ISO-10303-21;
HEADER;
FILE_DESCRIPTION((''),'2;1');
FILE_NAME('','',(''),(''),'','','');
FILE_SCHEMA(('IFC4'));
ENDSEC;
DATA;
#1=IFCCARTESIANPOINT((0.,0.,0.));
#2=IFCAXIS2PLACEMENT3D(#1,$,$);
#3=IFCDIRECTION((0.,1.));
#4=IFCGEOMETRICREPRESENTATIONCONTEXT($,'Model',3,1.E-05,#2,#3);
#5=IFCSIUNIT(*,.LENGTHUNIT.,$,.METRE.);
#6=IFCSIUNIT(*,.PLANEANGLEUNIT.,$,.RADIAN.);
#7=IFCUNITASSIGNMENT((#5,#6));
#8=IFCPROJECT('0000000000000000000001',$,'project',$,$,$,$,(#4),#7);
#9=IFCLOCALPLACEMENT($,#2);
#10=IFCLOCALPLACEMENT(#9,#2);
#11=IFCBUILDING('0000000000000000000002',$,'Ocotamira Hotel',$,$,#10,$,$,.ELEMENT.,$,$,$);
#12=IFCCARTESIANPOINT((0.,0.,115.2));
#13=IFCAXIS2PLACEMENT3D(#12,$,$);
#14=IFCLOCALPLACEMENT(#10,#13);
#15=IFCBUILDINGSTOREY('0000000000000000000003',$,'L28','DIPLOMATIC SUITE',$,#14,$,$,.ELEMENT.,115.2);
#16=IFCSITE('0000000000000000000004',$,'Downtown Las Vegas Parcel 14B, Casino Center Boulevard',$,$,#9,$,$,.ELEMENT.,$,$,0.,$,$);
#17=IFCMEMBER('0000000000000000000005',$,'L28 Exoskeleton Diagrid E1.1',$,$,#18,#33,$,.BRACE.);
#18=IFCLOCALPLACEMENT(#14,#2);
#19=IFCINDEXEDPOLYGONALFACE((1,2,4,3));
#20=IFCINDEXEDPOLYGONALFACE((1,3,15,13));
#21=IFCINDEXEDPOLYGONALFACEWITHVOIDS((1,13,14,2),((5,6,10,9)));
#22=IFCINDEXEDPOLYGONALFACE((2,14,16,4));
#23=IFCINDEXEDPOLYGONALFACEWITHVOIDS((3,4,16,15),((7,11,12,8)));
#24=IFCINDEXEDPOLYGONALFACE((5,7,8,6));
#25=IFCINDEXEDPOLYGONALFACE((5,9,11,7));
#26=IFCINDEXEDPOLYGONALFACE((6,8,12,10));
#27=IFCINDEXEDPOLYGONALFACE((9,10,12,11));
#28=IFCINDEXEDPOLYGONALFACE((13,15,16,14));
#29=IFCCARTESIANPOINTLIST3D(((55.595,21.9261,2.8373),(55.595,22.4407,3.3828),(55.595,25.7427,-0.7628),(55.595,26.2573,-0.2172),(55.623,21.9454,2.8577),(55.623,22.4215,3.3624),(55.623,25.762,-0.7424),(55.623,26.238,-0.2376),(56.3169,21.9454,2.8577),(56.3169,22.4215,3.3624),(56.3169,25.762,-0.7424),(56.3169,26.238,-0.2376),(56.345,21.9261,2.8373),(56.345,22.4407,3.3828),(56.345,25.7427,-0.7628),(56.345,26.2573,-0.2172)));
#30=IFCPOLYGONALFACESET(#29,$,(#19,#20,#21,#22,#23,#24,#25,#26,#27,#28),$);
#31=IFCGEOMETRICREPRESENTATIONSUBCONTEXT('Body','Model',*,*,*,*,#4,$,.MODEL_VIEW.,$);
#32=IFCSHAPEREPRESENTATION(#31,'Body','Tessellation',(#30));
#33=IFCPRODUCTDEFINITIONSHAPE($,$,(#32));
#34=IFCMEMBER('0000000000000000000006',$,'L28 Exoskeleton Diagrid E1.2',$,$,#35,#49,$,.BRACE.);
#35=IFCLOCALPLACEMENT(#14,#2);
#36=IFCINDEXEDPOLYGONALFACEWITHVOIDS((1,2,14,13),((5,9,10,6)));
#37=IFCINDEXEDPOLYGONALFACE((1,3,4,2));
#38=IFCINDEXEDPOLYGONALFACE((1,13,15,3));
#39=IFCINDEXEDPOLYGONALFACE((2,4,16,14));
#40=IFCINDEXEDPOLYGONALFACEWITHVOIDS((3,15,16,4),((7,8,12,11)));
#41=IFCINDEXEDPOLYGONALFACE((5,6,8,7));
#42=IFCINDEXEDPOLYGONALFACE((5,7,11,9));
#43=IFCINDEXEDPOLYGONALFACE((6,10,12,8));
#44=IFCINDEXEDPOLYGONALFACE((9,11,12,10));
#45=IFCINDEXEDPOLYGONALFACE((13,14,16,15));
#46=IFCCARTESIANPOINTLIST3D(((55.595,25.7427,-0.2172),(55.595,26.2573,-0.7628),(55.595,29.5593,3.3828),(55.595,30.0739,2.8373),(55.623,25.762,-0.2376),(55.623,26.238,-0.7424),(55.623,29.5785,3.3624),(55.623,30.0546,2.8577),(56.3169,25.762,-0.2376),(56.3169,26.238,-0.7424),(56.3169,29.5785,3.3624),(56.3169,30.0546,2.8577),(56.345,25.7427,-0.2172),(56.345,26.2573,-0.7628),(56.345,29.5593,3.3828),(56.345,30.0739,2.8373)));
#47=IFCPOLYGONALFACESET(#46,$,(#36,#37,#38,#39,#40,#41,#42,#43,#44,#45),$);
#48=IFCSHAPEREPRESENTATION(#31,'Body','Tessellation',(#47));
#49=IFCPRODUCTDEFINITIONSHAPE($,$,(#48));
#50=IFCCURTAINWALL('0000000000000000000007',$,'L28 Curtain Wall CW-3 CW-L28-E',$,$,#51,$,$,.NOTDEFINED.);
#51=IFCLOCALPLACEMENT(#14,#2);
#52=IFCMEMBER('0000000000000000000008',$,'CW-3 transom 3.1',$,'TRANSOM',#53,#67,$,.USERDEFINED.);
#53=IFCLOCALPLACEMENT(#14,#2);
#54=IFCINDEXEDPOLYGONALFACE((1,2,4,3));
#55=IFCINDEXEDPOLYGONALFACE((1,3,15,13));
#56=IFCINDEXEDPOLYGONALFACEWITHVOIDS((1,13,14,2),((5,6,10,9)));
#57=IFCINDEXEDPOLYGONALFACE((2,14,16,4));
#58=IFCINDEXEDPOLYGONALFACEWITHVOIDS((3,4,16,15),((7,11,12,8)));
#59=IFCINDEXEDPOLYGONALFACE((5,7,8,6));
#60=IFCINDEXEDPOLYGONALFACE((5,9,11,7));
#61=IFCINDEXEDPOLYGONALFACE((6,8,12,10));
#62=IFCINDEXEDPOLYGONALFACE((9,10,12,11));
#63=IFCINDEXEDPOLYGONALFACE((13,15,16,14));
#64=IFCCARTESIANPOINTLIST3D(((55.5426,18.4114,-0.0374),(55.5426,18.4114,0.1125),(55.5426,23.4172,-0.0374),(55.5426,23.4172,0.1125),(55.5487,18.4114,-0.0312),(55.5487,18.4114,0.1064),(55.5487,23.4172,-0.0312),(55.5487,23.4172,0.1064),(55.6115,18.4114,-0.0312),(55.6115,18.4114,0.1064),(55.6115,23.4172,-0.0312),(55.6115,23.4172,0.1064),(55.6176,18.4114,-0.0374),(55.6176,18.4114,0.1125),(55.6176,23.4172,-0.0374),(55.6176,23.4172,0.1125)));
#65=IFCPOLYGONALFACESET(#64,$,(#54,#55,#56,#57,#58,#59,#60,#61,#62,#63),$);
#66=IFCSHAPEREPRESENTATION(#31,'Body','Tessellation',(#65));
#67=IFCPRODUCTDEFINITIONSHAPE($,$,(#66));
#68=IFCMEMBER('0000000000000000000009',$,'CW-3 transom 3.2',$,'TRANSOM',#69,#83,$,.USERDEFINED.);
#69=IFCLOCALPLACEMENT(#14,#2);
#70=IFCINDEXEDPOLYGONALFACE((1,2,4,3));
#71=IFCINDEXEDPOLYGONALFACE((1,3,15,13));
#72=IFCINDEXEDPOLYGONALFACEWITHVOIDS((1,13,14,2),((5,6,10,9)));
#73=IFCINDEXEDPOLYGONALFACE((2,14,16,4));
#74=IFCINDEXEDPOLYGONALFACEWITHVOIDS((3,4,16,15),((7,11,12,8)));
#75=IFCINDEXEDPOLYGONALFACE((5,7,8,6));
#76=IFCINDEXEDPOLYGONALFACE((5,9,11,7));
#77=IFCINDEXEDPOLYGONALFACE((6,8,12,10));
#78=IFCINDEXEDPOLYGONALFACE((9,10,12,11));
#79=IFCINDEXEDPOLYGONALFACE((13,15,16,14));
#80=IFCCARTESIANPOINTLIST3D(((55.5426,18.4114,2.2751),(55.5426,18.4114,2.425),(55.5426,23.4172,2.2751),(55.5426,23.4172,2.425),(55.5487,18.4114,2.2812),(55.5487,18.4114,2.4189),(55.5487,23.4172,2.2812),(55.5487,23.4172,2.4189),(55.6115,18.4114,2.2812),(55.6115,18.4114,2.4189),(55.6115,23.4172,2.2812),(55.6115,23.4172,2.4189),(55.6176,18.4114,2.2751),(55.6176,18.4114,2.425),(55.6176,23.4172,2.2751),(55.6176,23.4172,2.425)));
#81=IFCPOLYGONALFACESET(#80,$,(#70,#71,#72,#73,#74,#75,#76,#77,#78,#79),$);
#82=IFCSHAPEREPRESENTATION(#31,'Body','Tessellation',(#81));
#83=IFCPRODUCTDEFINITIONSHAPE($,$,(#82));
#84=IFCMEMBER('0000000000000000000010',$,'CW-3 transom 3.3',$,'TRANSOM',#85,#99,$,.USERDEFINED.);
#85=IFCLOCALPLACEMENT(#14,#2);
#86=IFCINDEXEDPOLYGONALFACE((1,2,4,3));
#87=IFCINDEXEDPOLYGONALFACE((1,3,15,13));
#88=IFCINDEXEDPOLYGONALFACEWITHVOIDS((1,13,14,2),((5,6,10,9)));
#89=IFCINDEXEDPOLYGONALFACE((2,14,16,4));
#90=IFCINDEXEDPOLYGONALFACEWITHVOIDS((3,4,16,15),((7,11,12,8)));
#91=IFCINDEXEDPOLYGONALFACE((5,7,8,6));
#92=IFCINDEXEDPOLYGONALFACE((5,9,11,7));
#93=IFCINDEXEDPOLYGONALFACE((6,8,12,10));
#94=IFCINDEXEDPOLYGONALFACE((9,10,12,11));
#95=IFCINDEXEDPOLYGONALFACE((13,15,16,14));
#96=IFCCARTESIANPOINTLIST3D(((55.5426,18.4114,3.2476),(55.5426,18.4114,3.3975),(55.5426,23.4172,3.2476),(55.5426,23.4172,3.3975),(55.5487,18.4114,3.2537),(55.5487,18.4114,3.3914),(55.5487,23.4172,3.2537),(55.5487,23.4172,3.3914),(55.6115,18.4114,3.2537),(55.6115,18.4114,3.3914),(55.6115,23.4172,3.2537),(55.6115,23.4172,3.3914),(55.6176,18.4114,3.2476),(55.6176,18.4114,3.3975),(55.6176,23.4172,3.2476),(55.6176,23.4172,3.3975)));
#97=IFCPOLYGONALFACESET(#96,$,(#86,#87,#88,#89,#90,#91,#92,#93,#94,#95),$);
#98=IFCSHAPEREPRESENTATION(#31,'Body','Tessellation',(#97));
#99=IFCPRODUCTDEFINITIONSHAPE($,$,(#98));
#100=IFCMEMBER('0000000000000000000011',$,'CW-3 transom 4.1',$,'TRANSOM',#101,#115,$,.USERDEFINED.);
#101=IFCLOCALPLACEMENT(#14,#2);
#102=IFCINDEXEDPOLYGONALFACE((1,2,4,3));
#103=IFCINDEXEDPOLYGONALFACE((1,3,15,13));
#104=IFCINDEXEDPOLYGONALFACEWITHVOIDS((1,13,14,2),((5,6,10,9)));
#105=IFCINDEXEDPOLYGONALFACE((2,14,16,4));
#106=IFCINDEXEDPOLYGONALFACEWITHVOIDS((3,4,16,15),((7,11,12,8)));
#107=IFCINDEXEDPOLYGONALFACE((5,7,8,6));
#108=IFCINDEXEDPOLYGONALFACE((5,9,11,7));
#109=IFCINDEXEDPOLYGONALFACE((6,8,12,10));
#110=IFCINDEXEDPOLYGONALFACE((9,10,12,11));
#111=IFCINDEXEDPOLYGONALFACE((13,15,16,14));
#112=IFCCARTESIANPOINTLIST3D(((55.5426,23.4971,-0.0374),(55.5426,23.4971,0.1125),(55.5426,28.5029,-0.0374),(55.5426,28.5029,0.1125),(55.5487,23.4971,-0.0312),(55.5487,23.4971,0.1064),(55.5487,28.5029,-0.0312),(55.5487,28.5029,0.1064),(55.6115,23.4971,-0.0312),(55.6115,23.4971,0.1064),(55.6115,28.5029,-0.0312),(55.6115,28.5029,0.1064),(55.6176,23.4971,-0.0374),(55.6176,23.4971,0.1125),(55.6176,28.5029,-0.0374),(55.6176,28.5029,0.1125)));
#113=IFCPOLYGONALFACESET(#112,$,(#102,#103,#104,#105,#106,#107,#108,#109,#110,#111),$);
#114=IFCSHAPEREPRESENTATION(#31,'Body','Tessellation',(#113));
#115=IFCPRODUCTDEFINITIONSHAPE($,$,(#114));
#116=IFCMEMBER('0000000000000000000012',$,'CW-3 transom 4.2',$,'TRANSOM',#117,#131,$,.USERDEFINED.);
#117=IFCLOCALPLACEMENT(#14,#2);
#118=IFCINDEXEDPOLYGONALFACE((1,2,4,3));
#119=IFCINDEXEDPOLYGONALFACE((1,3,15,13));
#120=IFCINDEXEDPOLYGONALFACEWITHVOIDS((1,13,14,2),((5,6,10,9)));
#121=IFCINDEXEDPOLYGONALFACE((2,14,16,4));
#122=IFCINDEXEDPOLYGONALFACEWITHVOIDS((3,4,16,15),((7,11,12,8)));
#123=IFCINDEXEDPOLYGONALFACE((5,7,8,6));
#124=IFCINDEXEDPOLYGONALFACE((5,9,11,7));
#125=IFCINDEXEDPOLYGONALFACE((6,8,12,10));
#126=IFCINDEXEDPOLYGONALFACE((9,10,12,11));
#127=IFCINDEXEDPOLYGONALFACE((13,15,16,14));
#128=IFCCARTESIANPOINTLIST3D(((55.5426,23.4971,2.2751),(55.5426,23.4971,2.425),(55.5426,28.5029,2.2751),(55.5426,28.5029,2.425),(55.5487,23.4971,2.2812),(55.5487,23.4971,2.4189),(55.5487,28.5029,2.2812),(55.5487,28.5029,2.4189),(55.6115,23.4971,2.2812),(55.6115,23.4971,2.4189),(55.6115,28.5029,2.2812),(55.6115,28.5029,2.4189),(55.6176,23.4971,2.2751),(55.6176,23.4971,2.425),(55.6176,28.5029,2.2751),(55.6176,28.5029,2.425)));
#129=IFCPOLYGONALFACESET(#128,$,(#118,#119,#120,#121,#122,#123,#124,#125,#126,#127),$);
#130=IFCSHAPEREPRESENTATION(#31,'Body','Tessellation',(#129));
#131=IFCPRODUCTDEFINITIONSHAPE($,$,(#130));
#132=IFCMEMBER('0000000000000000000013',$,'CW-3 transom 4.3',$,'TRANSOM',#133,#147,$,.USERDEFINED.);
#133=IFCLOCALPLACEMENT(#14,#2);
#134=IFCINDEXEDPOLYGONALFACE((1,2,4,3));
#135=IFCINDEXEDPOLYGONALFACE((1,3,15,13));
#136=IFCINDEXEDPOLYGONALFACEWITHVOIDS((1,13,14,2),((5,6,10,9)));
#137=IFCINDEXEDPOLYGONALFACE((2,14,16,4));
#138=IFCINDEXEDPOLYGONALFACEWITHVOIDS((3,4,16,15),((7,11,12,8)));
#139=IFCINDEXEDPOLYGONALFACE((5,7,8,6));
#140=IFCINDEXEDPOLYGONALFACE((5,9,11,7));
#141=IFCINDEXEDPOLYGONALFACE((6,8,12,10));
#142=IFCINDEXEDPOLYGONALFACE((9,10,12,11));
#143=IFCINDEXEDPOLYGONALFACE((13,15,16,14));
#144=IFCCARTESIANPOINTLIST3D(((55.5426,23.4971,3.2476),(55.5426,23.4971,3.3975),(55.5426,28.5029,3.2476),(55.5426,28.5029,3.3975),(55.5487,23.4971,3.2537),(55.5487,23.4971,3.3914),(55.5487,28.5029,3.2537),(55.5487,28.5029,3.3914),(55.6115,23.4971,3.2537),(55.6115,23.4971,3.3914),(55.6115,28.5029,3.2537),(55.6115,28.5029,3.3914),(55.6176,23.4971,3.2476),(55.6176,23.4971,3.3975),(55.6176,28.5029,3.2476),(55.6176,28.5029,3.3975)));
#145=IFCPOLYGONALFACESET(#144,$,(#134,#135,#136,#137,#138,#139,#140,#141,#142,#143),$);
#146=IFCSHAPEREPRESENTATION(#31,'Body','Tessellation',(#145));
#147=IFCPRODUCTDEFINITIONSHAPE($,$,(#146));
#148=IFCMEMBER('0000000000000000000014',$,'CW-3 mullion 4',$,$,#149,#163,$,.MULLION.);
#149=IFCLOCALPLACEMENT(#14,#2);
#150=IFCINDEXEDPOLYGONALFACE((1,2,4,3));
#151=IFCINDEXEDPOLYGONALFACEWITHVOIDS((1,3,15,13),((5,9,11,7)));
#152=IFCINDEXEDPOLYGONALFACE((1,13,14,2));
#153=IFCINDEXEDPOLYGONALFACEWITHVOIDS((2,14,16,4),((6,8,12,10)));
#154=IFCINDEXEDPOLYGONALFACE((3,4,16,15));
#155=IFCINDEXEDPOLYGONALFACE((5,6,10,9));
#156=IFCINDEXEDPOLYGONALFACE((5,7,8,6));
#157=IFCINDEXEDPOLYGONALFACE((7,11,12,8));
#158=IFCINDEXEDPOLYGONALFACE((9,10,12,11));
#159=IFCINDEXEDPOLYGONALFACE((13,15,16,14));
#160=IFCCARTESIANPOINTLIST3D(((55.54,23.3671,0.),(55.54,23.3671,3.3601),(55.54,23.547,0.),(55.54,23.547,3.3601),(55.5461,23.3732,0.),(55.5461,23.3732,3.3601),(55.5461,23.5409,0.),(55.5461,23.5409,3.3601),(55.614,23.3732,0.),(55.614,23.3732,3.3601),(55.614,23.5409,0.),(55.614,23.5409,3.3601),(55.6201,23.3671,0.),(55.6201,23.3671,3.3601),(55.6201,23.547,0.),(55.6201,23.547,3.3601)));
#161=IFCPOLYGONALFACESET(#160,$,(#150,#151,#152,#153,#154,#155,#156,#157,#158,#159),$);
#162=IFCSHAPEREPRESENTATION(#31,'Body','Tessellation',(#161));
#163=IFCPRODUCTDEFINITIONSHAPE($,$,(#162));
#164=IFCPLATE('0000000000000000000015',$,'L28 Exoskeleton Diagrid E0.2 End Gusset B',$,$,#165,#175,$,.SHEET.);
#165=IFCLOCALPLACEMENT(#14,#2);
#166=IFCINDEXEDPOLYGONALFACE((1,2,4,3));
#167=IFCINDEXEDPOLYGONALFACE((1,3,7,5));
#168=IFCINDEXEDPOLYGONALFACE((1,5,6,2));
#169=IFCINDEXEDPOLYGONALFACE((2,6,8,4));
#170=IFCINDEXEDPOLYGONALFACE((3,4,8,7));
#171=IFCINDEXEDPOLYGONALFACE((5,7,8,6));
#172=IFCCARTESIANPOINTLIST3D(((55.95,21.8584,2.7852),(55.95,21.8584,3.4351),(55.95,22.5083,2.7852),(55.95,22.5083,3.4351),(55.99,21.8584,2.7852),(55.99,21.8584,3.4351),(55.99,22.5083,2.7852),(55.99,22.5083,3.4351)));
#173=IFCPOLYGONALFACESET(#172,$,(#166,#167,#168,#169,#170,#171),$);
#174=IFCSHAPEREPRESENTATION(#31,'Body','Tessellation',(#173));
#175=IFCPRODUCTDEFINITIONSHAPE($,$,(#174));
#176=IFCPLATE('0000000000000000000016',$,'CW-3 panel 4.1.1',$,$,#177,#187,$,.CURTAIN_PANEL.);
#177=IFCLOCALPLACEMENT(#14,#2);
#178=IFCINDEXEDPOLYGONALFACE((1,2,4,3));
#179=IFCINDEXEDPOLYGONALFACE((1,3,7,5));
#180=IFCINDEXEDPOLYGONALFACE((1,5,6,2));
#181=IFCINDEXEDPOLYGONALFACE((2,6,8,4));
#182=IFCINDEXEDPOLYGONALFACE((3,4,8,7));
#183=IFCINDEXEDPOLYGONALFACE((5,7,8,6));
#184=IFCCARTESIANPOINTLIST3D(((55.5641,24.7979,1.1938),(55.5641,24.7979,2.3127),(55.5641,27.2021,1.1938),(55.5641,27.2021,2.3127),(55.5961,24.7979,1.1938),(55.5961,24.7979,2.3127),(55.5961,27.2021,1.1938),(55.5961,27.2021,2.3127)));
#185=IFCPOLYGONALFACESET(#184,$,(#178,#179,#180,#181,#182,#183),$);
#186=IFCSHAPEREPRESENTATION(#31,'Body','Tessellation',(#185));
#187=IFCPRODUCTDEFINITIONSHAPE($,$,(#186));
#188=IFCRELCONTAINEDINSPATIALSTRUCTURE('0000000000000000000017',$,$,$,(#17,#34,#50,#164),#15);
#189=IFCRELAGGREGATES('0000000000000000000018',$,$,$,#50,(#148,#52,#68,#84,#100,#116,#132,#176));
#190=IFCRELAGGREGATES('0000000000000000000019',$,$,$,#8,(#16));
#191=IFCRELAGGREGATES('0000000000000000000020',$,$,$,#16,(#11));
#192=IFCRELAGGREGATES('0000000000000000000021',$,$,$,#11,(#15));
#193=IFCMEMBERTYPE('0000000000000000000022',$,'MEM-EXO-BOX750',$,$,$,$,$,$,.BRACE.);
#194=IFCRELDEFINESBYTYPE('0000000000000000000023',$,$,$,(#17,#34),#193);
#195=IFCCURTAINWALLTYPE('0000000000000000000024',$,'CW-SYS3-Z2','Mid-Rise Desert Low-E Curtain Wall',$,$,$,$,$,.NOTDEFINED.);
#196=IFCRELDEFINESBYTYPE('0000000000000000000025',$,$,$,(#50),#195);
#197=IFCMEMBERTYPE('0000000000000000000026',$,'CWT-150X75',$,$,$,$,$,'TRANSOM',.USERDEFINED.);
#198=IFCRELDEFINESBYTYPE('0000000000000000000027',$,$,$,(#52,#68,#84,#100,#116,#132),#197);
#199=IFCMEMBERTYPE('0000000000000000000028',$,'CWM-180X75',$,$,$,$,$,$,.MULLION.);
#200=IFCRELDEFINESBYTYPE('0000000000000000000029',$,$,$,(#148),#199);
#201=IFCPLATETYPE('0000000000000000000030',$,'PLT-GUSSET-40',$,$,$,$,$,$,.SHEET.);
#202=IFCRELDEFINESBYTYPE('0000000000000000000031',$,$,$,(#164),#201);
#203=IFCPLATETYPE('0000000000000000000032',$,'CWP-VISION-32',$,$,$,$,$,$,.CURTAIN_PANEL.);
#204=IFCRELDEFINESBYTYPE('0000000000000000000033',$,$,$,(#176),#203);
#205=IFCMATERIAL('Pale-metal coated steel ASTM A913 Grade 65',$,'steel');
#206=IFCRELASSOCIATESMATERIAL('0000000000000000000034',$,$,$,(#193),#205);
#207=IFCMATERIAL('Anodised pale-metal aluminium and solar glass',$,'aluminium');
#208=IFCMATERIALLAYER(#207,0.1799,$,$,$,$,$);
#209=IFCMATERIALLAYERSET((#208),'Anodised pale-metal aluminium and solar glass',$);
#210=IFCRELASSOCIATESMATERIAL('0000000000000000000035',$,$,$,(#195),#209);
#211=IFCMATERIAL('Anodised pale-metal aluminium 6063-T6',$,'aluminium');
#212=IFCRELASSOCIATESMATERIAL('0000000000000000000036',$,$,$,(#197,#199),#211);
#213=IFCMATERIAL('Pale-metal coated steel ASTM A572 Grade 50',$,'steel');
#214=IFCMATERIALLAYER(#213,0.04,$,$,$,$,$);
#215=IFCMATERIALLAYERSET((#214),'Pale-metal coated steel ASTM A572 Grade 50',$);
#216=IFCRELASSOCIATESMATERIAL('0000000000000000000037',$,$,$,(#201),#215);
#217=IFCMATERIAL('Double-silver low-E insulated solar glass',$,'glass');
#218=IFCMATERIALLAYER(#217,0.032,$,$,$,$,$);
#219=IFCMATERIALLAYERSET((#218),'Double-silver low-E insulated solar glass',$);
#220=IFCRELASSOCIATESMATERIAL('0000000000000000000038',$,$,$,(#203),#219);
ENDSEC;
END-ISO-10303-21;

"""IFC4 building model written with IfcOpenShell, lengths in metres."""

from ifc_helpers import new_model, si_unit, direction, frame, origin, origin_2d, place, context, subcontext, project, spatial, rectangle, hollow_rectangle, extrude, source, transform, mapped, material, layer, layer_set, material_profile, profile_set, type_object, element, aggregate, save


model = new_model("IFC4")

# Units and contexts
model_context = context("Model", 3, precision=1e-05, world=origin(), true_north=direction((0.0, 1.0)))
body_context = subcontext(model_context, "Body", "Model", "MODEL_VIEW")
ifc_project = project(units=[si_unit("LENGTHUNIT", "METRE"), si_unit("PLANEANGLEUNIT", "RADIAN")], contexts=[model_context])

# Site, building, storey
site_placement = place(None, origin())
site = spatial("IfcSite", under=ifc_project, at=site_placement, Name="Downtown Las Vegas Parcel 14B, Casino Center Boulevard", CompositionType="ELEMENT", RefElevation=0.0)
building_placement = place(site_placement, origin())
building = spatial("IfcBuilding", under=site, at=building_placement, Name="Ocotamira Hotel", CompositionType="ELEMENT")
storey_placement = place(building_placement, frame((0.0, 0.0, 115.2)))
storey = spatial("IfcBuildingStorey", under=building, at=storey_placement, Name="L28", Description="DIPLOMATIC SUITE", CompositionType="ELEMENT", Elevation=115.2)

# Members
ifc_material_1 = material(Name="Pale-metal coated steel ASTM A913 Grade 65", Category="steel")
ifc_material_profile_1 = material_profile(ifc_material_1, hollow_rectangle(XDim=0.75, YDim=0.75, WallThickness=0.0281, at=origin_2d()), Name="BOX750X750X28")
ifc_profile_set_1 = profile_set([ifc_material_profile_1], Name="Pale-metal coated steel ASTM A913 Grade 65")
member_type_1 = type_object("IfcMemberType", Name="MEM-EXO-BOX750", PredefinedType="BRACE", material=ifc_profile_set_1)
shared_shape_1 = source(origin(), body_context, "Body", "SweptSolid", [
    extrude(hollow_rectangle(XDim=0.75, YDim=0.75, WallThickness=0.0281, at=origin_2d()), origin(), (0.0, 0.0, 1.0), 5.2466),
])
for number, where, z_axis, x_axis, name in (
    (1, (55.97, 26.0, -0.49), (0.0, -0.727443, 0.686168), (1.0, 0.0, 0.0), "L28 Exoskeleton Diagrid E1.1"),
    (2, (55.97, 26.0, -0.49), (0.0, 0.727443, 0.686168), (-1.0, 0.0, 0.0), "L28 Exoskeleton Diagrid E1.2"),
):
    element("IfcMember", number, at=place(storey_placement, frame(where, z_axis=z_axis, x_axis=x_axis)), inside=storey, type_object=member_type_1, Name=name, PredefinedType="BRACE", context=body_context, shape_type="MappedRepresentation", body=[
        mapped(shared_shape_1, transform((0.0, 0.0, 0.0), scale=1.0)),
    ])

# Curtain wall, members
ifc_material_2 = material(Name="Anodised pale-metal aluminium and solar glass", Category="aluminium")
ifc_layer_1 = layer(ifc_material_2, 0.1799)
ifc_layer_set_1 = layer_set([ifc_layer_1], Name="Anodised pale-metal aluminium and solar glass")
curtain_wall_type = type_object("IfcCurtainWallType", Name="CW-SYS3-Z2", Description="Mid-Rise Desert Low-E Curtain Wall", PredefinedType="NOTDEFINED", material=ifc_layer_set_1)
curtain_wall_placement = place(storey_placement, origin())
curtain_wall = element("IfcCurtainWall", 3, at=curtain_wall_placement, inside=storey, type_object=curtain_wall_type, Name="L28 Curtain Wall CW-3 CW-L28-E", PredefinedType="NOTDEFINED")
ifc_material_3 = material(Name="Anodised pale-metal aluminium 6063-T6", Category="aluminium")
ifc_material_profile_2 = material_profile(ifc_material_3, hollow_rectangle(XDim=0.075, YDim=0.1499, WallThickness=0.0061, at=origin_2d()), Name="HSS150X75X6")
ifc_profile_set_2 = profile_set([ifc_material_profile_2], Name="Anodised pale-metal aluminium 6063-T6")
member_type_2 = type_object("IfcMemberType", Name="CWT-150X75", ElementType="TRANSOM", PredefinedType="USERDEFINED", material=ifc_profile_set_2)
shared_shape_2 = source(origin(), body_context, "Body", "SweptSolid", [
    extrude(hollow_rectangle(XDim=0.075, YDim=0.1499, WallThickness=0.0061, at=origin_2d()), origin(), (0.0, 0.0, 1.0), 5.0059),
])
member_1_placement = place(storey_placement, frame((55.5801, 18.4114, 0.0376), z_axis=(0.0, 1.0, 0.0), x_axis=(-1.0, 0.0, 0.0)))
member_1 = element("IfcMember", 4, at=member_1_placement, type_object=member_type_2, Name="CW-3 transom 3.1", ObjectType="TRANSOM", PredefinedType="USERDEFINED", context=body_context, shape_type="MappedRepresentation", body=[
    mapped(shared_shape_2, transform((0.0, 0.0, 0.0), scale=1.0)),
])
member_2_placement = place(storey_placement, frame((55.5801, 18.4114, 2.3501), z_axis=(0.0, 1.0, 0.0), x_axis=(-1.0, 0.0, 0.0)))
member_2 = element("IfcMember", 5, at=member_2_placement, type_object=member_type_2, Name="CW-3 transom 3.2", ObjectType="TRANSOM", PredefinedType="USERDEFINED", context=body_context, shape_type="MappedRepresentation", body=[
    mapped(shared_shape_2, transform((0.0, 0.0, 0.0), scale=1.0)),
])
member_3_placement = place(storey_placement, frame((55.5801, 18.4114, 3.3225), z_axis=(0.0, 1.0, 0.0), x_axis=(-1.0, 0.0, 0.0)))
member_3 = element("IfcMember", 6, at=member_3_placement, type_object=member_type_2, Name="CW-3 transom 3.3", ObjectType="TRANSOM", PredefinedType="USERDEFINED", context=body_context, shape_type="MappedRepresentation", body=[
    mapped(shared_shape_2, transform((0.0, 0.0, 0.0), scale=1.0)),
])
member_4_placement = place(storey_placement, frame((55.5801, 23.4971, 0.0376), z_axis=(0.0, 1.0, 0.0), x_axis=(-1.0, 0.0, 0.0)))
member_4 = element("IfcMember", 7, at=member_4_placement, type_object=member_type_2, Name="CW-3 transom 4.1", ObjectType="TRANSOM", PredefinedType="USERDEFINED", context=body_context, shape_type="MappedRepresentation", body=[
    mapped(shared_shape_2, transform((0.0, 0.0, 0.0), scale=1.0)),
])
member_5_placement = place(storey_placement, frame((55.5801, 23.4971, 2.3501), z_axis=(0.0, 1.0, 0.0), x_axis=(-1.0, 0.0, 0.0)))
member_5 = element("IfcMember", 8, at=member_5_placement, type_object=member_type_2, Name="CW-3 transom 4.2", ObjectType="TRANSOM", PredefinedType="USERDEFINED", context=body_context, shape_type="MappedRepresentation", body=[
    mapped(shared_shape_2, transform((0.0, 0.0, 0.0), scale=1.0)),
])
member_6_placement = place(storey_placement, frame((55.5801, 23.4971, 3.3225), z_axis=(0.0, 1.0, 0.0), x_axis=(-1.0, 0.0, 0.0)))
member_6 = element("IfcMember", 9, at=member_6_placement, type_object=member_type_2, Name="CW-3 transom 4.3", ObjectType="TRANSOM", PredefinedType="USERDEFINED", context=body_context, shape_type="MappedRepresentation", body=[
    mapped(shared_shape_2, transform((0.0, 0.0, 0.0), scale=1.0)),
])
ifc_material_profile_3 = material_profile(ifc_material_3, hollow_rectangle(XDim=0.0801, YDim=0.1799, WallThickness=0.0061, at=origin_2d()), Name="HSS180X80X6")
ifc_profile_set_3 = profile_set([ifc_material_profile_3], Name="Anodised pale-metal aluminium 6063-T6")
member_type_3 = type_object("IfcMemberType", Name="CWM-180X75", PredefinedType="MULLION", material=ifc_profile_set_3)
shared_shape_3 = source(origin(), body_context, "Body", "SweptSolid", [
    extrude(hollow_rectangle(XDim=0.0801, YDim=0.1799, WallThickness=0.0061, at=origin_2d()), origin(), (0.0, 0.0, 1.0), 3.3601),
])
member_7_placement = place(storey_placement, frame((55.5801, 23.457, 0.0), z_axis=(0.0, 0.0, 1.0), x_axis=(-1.0, 0.0, 0.0)))
member_7 = element("IfcMember", 10, at=member_7_placement, type_object=member_type_3, Name="CW-3 mullion 4", PredefinedType="MULLION", context=body_context, shape_type="MappedRepresentation", body=[
    mapped(shared_shape_3, transform((0.0, 0.0, 0.0), scale=1.0)),
])

# Plates
ifc_material_4 = material(Name="Pale-metal coated steel ASTM A572 Grade 50", Category="steel")
ifc_layer_2 = layer(ifc_material_4, 0.04)
ifc_layer_set_2 = layer_set([ifc_layer_2], Name="Pale-metal coated steel ASTM A572 Grade 50")
plate_type_1 = type_object("IfcPlateType", Name="PLT-GUSSET-40", PredefinedType="SHEET", material=ifc_layer_set_2)
shared_shape_4 = source(origin(), body_context, "Body", "SweptSolid", [
    extrude(rectangle(XDim=0.04, YDim=0.6499, at=origin_2d()), origin(), (0.0, 0.0, 1.0), 0.6499),
])
plate_1_placement = place(storey_placement, frame((55.97, 22.1833, 2.7852), z_axis=(0.0, 0.0, 1.0), x_axis=(1.0, 0.0, 0.0)))
element("IfcPlate", 11, at=plate_1_placement, inside=storey, type_object=plate_type_1, Name="L28 Exoskeleton Diagrid E0.2 End Gusset B", PredefinedType="SHEET", context=body_context, shape_type="MappedRepresentation", body=[
    mapped(shared_shape_4, transform((0.0, 0.0, 0.0), scale=1.0)),
])
ifc_material_5 = material(Name="Double-silver low-E insulated solar glass", Category="glass")
ifc_layer_3 = layer(ifc_material_5, 0.032)
ifc_layer_set_3 = layer_set([ifc_layer_3], Name="Double-silver low-E insulated solar glass")
plate_type_2 = type_object("IfcPlateType", Name="CWP-VISION-32", PredefinedType="CURTAIN_PANEL", material=ifc_layer_set_3)
shared_shape_5 = source(origin(), body_context, "Body", "SweptSolid", [
    extrude(rectangle(XDim=2.4043, YDim=0.032, at=origin_2d()), origin(), (0.0, 0.0, 1.0), 1.1189),
])
plate_2_placement = place(storey_placement, frame((55.5801, 26.0, 1.1938), z_axis=(0.0, 0.0, 1.0), x_axis=(0.0, 1.0, 0.0)))
plate_2 = element("IfcPlate", 12, at=plate_2_placement, type_object=plate_type_2, Name="CW-3 panel 4.1.1", PredefinedType="CURTAIN_PANEL", context=body_context, shape_type="MappedRepresentation", body=[
    mapped(shared_shape_5, transform((0.0, 0.0, 0.0), scale=1.0)),
])
aggregate(curtain_wall, [member_7, member_1, member_2, member_3, member_4, member_5, member_6, plate_2])

save(model, "model.ifc")
